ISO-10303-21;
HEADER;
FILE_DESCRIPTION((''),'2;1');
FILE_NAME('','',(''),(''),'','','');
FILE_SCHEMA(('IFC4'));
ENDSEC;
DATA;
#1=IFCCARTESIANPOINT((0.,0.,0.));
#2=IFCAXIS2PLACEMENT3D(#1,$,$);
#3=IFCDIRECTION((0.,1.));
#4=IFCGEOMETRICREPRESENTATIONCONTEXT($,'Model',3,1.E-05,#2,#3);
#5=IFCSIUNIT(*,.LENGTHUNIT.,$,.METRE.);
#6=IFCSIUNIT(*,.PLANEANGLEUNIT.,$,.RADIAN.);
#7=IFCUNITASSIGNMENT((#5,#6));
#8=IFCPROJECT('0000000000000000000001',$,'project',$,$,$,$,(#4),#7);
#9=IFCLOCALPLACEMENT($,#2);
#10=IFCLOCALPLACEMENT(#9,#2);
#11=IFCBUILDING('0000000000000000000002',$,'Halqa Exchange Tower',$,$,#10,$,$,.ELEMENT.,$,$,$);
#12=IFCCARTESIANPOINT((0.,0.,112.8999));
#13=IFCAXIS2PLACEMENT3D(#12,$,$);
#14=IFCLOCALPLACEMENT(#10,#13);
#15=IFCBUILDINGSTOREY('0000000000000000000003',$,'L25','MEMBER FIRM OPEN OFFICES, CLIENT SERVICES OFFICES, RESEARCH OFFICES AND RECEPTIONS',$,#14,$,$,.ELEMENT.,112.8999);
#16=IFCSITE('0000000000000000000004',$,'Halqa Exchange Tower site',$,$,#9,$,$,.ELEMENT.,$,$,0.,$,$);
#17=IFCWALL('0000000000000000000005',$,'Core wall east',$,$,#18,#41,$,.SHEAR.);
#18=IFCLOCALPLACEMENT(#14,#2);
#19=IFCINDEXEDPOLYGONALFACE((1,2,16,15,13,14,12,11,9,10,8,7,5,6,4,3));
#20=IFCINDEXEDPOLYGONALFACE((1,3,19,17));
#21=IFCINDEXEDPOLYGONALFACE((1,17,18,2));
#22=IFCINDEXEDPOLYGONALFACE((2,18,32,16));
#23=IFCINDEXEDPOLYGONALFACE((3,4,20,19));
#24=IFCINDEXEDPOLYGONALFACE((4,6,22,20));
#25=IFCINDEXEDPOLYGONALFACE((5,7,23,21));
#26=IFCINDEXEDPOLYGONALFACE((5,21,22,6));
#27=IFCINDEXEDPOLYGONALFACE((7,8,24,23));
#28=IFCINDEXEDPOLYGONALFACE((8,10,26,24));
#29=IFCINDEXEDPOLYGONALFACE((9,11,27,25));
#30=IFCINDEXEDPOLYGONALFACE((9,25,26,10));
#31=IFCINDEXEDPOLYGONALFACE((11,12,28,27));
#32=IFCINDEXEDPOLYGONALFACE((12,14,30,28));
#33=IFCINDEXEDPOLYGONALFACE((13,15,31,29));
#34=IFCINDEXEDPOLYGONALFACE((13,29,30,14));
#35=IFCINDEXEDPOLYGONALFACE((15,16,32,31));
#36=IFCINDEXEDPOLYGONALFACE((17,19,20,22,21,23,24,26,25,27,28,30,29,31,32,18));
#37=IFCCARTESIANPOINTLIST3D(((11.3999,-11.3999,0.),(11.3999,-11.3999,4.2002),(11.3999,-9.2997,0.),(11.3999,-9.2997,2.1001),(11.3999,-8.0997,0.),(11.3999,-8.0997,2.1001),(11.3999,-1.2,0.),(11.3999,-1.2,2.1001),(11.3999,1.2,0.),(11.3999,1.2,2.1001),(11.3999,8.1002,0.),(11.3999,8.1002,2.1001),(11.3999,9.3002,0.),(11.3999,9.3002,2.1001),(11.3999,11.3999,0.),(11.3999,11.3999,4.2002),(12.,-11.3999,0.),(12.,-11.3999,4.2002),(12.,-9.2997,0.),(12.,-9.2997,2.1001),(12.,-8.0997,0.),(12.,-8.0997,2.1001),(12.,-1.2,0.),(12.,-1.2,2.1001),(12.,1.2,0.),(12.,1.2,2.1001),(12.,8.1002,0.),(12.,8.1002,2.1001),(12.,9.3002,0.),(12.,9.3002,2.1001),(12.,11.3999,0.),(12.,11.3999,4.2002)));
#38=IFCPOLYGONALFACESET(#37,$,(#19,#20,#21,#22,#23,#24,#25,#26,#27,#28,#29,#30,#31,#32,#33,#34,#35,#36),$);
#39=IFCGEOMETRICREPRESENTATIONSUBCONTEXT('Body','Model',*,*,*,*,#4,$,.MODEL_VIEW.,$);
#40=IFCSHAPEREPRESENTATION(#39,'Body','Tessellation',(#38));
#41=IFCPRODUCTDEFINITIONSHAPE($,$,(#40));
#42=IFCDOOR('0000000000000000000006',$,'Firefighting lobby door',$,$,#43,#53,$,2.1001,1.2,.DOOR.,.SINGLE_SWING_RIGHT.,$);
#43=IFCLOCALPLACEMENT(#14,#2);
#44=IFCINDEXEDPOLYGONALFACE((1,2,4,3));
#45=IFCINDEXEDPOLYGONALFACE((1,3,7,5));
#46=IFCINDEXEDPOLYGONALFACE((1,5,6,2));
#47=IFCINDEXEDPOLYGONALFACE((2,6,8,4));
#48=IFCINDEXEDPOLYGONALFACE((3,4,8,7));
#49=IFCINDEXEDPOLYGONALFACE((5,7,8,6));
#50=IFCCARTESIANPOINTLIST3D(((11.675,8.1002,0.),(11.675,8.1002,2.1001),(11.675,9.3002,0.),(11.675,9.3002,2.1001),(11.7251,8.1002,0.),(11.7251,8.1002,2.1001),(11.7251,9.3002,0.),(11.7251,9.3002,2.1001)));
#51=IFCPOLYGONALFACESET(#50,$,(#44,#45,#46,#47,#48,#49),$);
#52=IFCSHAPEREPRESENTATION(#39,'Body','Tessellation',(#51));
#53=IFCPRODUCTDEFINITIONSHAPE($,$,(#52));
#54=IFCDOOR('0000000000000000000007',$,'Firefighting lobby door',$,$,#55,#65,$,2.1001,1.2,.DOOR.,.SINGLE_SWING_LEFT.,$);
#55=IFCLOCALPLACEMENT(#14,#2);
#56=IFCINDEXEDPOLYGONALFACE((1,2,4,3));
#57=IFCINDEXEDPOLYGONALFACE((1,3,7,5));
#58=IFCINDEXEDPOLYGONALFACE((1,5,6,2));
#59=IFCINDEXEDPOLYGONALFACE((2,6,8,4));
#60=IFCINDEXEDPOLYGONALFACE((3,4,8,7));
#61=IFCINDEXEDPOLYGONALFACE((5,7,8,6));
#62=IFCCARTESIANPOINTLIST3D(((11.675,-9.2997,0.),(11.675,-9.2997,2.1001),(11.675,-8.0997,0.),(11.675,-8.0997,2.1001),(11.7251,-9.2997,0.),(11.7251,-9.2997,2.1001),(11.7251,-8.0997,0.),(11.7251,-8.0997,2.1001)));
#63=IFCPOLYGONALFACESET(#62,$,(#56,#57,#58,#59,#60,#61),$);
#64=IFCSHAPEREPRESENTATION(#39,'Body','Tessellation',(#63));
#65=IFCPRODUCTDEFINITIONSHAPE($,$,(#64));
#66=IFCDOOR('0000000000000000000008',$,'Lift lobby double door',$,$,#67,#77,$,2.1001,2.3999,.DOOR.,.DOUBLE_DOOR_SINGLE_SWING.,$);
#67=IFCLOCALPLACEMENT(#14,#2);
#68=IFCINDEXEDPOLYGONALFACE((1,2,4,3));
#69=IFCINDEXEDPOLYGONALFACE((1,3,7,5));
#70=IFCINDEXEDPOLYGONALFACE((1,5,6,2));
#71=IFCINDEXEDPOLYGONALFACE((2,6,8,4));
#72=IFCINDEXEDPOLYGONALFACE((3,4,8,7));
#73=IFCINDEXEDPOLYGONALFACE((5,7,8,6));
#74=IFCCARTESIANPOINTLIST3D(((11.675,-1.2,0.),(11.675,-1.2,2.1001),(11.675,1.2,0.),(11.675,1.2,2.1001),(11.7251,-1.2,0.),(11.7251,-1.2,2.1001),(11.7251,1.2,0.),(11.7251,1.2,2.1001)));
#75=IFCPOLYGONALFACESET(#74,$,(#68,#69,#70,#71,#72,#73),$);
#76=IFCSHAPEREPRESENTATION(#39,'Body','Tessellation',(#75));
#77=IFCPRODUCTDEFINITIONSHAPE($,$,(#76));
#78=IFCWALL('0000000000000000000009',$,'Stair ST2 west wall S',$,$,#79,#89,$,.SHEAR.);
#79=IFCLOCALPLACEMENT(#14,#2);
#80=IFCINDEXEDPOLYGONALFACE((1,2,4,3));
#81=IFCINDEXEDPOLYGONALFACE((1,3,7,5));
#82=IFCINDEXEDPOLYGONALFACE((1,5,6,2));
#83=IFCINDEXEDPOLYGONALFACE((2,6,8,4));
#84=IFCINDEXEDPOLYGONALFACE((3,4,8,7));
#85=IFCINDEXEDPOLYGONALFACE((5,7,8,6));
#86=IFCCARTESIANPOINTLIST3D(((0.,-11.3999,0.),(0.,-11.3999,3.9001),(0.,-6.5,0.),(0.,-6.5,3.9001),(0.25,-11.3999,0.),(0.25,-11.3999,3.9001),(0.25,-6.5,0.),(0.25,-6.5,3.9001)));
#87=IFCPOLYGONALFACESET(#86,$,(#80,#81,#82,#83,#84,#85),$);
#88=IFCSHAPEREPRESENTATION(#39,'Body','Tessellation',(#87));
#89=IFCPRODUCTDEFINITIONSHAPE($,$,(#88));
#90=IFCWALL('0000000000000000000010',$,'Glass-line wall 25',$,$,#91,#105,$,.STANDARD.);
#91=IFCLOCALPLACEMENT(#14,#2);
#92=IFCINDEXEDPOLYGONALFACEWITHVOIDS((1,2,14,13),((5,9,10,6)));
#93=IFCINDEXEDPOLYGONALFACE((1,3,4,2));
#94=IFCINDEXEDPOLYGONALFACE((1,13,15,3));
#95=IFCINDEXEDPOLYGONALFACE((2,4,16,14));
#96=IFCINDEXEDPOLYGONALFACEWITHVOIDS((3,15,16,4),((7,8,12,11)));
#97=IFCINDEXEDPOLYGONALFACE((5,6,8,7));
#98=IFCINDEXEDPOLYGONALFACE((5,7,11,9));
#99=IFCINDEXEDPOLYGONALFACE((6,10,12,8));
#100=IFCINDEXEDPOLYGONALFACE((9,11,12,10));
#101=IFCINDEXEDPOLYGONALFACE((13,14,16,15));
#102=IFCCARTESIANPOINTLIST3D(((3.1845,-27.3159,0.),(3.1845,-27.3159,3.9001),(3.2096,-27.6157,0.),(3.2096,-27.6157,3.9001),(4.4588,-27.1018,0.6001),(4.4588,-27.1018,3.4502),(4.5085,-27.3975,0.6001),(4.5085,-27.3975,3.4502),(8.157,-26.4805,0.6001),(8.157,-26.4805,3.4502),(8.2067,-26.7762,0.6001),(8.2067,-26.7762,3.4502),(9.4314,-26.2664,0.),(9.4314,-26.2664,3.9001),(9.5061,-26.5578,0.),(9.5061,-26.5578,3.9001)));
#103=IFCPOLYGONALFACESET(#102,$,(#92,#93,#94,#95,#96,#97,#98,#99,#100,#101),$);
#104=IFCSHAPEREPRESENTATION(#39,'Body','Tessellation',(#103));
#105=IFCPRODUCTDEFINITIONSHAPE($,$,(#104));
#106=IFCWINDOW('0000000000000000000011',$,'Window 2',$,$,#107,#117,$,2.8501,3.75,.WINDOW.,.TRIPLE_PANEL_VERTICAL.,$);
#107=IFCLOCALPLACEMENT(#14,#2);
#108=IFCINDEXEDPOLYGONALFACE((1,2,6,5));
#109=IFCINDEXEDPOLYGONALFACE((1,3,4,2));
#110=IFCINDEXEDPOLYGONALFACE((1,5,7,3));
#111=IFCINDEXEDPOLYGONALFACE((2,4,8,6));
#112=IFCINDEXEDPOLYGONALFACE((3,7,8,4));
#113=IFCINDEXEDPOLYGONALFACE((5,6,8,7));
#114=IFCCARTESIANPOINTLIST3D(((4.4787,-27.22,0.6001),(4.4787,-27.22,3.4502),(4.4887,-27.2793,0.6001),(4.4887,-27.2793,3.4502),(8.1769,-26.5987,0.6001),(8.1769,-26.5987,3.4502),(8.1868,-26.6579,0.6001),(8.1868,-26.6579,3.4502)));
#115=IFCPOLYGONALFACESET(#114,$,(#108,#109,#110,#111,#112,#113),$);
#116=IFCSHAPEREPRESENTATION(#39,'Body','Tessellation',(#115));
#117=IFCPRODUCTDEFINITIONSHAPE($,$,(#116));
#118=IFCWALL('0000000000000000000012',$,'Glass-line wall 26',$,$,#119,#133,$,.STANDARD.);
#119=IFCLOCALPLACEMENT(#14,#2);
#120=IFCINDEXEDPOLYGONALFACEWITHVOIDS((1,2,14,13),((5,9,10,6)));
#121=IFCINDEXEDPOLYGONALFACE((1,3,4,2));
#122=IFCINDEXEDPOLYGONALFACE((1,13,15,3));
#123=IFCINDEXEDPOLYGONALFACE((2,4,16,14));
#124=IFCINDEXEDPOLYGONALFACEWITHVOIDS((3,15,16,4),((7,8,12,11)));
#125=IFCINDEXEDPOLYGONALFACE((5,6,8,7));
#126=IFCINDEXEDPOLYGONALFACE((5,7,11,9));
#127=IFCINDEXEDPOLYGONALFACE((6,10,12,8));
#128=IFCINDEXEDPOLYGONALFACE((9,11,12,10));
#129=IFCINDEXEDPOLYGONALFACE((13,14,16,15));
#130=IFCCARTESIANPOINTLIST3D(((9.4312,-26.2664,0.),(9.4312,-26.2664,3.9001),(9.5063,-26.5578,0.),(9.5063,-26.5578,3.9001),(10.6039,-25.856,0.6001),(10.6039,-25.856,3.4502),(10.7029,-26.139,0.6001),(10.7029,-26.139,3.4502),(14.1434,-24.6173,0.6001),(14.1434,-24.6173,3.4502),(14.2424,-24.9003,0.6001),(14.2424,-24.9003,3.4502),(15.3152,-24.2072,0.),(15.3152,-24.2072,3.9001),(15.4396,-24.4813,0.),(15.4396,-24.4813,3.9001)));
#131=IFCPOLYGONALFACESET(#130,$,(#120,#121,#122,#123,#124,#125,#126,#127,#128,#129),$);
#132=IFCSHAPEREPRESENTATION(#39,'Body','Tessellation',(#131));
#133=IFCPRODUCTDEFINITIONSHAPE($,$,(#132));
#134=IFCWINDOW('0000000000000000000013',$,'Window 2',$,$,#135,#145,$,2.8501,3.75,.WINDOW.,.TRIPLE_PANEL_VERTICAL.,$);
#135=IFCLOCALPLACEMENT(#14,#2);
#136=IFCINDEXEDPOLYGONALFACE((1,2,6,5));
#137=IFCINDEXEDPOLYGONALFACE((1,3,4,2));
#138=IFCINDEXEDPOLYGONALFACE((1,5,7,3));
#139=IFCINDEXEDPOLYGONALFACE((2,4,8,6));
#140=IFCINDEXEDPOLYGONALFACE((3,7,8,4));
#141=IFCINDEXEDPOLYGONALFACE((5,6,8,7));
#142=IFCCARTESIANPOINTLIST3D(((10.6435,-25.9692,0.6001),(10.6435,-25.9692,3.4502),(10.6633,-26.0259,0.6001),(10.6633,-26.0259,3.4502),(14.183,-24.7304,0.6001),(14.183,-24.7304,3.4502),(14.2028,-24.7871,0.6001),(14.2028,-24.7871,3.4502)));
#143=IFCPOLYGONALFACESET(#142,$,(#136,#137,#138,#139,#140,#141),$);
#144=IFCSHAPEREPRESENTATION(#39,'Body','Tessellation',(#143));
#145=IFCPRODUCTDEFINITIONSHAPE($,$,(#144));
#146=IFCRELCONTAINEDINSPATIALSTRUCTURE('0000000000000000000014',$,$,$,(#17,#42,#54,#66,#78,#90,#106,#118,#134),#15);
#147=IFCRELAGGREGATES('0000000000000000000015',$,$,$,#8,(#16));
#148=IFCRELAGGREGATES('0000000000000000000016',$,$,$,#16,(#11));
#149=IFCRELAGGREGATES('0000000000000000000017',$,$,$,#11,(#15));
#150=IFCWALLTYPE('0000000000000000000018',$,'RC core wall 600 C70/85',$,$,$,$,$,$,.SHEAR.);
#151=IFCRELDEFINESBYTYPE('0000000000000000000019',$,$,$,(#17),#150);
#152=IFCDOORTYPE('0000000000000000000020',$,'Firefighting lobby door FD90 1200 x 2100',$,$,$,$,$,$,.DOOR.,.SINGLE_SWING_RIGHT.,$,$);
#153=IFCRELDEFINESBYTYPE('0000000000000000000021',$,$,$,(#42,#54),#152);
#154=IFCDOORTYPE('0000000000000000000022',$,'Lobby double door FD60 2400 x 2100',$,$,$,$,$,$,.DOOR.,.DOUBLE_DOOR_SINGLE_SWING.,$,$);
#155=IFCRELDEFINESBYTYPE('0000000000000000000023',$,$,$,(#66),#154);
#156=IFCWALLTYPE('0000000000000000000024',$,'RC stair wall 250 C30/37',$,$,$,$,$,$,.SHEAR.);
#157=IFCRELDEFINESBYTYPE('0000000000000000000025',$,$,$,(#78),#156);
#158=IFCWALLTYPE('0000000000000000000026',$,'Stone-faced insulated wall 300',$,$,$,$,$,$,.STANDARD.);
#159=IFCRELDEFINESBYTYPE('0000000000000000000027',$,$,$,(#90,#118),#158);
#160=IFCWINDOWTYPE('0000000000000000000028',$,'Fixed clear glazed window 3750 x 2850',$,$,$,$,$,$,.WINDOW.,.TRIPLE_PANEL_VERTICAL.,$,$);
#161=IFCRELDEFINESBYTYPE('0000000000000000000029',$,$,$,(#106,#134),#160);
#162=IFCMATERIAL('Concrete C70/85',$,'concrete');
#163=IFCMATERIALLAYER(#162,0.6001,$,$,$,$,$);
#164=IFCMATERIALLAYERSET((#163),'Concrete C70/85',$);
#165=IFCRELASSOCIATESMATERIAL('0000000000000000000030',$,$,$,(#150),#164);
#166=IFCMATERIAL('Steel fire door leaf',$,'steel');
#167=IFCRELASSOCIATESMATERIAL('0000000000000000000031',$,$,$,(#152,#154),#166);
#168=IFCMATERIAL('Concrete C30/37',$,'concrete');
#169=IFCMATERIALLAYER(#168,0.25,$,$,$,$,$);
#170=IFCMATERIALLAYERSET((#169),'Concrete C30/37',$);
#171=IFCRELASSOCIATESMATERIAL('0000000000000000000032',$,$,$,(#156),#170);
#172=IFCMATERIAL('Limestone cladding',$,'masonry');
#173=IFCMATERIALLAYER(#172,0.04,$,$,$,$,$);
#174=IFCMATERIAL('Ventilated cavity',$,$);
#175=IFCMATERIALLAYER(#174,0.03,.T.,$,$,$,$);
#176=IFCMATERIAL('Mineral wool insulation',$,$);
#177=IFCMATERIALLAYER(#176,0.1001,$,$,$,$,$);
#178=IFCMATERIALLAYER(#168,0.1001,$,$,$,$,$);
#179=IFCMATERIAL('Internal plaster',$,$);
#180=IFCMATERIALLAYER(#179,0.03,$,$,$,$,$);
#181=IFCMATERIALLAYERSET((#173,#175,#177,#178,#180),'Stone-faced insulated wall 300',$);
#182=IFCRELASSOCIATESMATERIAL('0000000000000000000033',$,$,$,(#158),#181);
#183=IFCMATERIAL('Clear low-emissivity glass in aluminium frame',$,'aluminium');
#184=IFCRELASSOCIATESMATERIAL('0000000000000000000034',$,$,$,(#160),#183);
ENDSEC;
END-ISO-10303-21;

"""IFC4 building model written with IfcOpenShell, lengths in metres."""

from ifc_helpers import new_model, si_unit, direction, frame, frame_2d, origin, place, context, subcontext, project, spatial, polyline, rectangle, outline, extrude, material, layer, layer_set, type_object, element, fill, save


model = new_model("IFC4")

# Units and contexts
model_context = context("Model", 3, precision=1e-05, world=origin(), true_north=direction((0.0, 1.0)))
body_context = subcontext(model_context, "Body", "Model", "MODEL_VIEW")
ifc_project = project(units=[si_unit("LENGTHUNIT", "METRE"), si_unit("PLANEANGLEUNIT", "RADIAN")], contexts=[model_context])

# Site, building, storey
site_placement = place(None, origin())
site = spatial("IfcSite", under=ifc_project, at=site_placement, Name="Halqa Exchange Tower site", CompositionType="ELEMENT", RefElevation=0.0)
building_placement = place(site_placement, origin())
building = spatial("IfcBuilding", under=site, at=building_placement, Name="Halqa Exchange Tower", CompositionType="ELEMENT")
storey_placement = place(building_placement, frame((0.0, 0.0, 112.8999)))
storey = spatial("IfcBuildingStorey", under=building, at=storey_placement, Name="L25", Description="MEMBER FIRM OPEN OFFICES, CLIENT SERVICES OFFICES, RESEARCH OFFICES AND RECEPTIONS", CompositionType="ELEMENT", Elevation=112.8999)

# Shared definitions
ifc_material_1 = material(Name="Concrete C70/85", Category="concrete")

# Wall, openings, doors
ifc_layer_1 = layer(ifc_material_1, 0.6001)
ifc_layer_set_1 = layer_set([ifc_layer_1], Name="Concrete C70/85")
wall_type_1 = type_object("IfcWallType", Name="RC core wall 600 C70/85", PredefinedType="SHEAR", material=ifc_layer_set_1)
wall_1_placement = place(storey_placement, frame((11.7, -11.3999, 0.0), z_axis=(0.0, 0.0, 1.0), x_axis=(0.0, 1.0, 0.0)))
wall_1 = element("IfcWall", 1, at=wall_1_placement, inside=storey, type_object=wall_type_1, Name="Core wall east", PredefinedType="SHEAR", context=body_context, shape_type="SweptSolid", body=[
    extrude(rectangle(XDim=22.7998, YDim=0.6001, at=frame_2d((11.3999, 0.0))), origin(), (0.0, 0.0, 1.0), 4.2002),
])
opening_1_placement = place(wall_1_placement, frame((10.2, 0.0, 0.0)))
opening_1 = element("IfcOpeningElement", 2, at=opening_1_placement, cuts=wall_1, PredefinedType="OPENING", context=body_context, shape_type="SweptSolid", body=[
    extrude(rectangle(XDim=2.3999, YDim=2.1001, at=frame_2d((1.2, 1.05))), frame((0.0, 0.312, 0.0), z_axis=(0.0, -1.0, 0.0), x_axis=(1.0, 0.0, 0.0)), (0.0, 0.0, 1.0), 0.624),
])
opening_2_placement = place(wall_1_placement, frame((19.5, 0.0, 0.0)))
opening_2 = element("IfcOpeningElement", 3, at=opening_2_placement, cuts=wall_1, PredefinedType="OPENING", context=body_context, shape_type="SweptSolid", body=[
    extrude(rectangle(XDim=1.2, YDim=2.1001, at=frame_2d((0.6001, 1.05))), frame((0.0, 0.312, 0.0), z_axis=(0.0, -1.0, 0.0), x_axis=(1.0, 0.0, 0.0)), (0.0, 0.0, 1.0), 0.624),
])
opening_3_placement = place(wall_1_placement, frame((2.1001, 0.0, 0.0)))
opening_3 = element("IfcOpeningElement", 4, at=opening_3_placement, cuts=wall_1, PredefinedType="OPENING", context=body_context, shape_type="SweptSolid", body=[
    extrude(rectangle(XDim=1.2, YDim=2.1001, at=frame_2d((0.6001, 1.05))), frame((0.0, 0.312, 0.0), z_axis=(0.0, -1.0, 0.0), x_axis=(1.0, 0.0, 0.0)), (0.0, 0.0, 1.0), 0.624),
])
ifc_material_2 = material(Name="Steel fire door leaf", Category="steel")
door_type_1 = type_object("IfcDoorType", Name="Firefighting lobby door FD90 1200 x 2100", OperationType="SINGLE_SWING_RIGHT", PredefinedType="DOOR", material=ifc_material_2)
door_1_placement = place(opening_2_placement, origin())
door_1 = element("IfcDoor", 5, at=door_1_placement, inside=storey, type_object=door_type_1, Name="Firefighting lobby door", OperationType="SINGLE_SWING_RIGHT", OverallHeight=2.1001, OverallWidth=1.2, PredefinedType="DOOR", context=body_context, shape_type="SweptSolid", body=[
    extrude(rectangle(XDim=1.2, YDim=2.1001, at=frame_2d((0.6001, 1.05))), frame((0.0, 0.0249, 0.0), z_axis=(0.0, -1.0, 0.0), x_axis=(1.0, 0.0, 0.0)), (0.0, 0.0, 1.0), 0.05),
])
fill(opening_2, door_1)
door_2_placement = place(opening_3_placement, origin())
door_2 = element("IfcDoor", 6, at=door_2_placement, inside=storey, type_object=door_type_1, Name="Firefighting lobby door", OperationType="SINGLE_SWING_LEFT", OverallHeight=2.1001, OverallWidth=1.2, PredefinedType="DOOR", context=body_context, shape_type="SweptSolid", body=[
    extrude(rectangle(XDim=1.2, YDim=2.1001, at=frame_2d((0.6001, 1.05))), frame((0.0, 0.0249, 0.0), z_axis=(0.0, -1.0, 0.0), x_axis=(1.0, 0.0, 0.0)), (0.0, 0.0, 1.0), 0.05),
])
fill(opening_3, door_2)
door_type_2 = type_object("IfcDoorType", Name="Lobby double door FD60 2400 x 2100", OperationType="DOUBLE_DOOR_SINGLE_SWING", PredefinedType="DOOR", material=ifc_material_2)
door_3_placement = place(opening_1_placement, origin())
door_3 = element("IfcDoor", 7, at=door_3_placement, inside=storey, type_object=door_type_2, Name="Lift lobby double door", OperationType="DOUBLE_DOOR_SINGLE_SWING", OverallHeight=2.1001, OverallWidth=2.3999, PredefinedType="DOOR", context=body_context, shape_type="SweptSolid", body=[
    extrude(rectangle(XDim=2.3999, YDim=2.1001, at=frame_2d((1.2, 1.05))), frame((0.0, 0.0249, 0.0), z_axis=(0.0, -1.0, 0.0), x_axis=(1.0, 0.0, 0.0)), (0.0, 0.0, 1.0), 0.05),
])
fill(opening_1, door_3)

# Wall
ifc_material_3 = material(Name="Concrete C30/37", Category="concrete")
ifc_layer_2 = layer(ifc_material_3, 0.25)
ifc_layer_set_2 = layer_set([ifc_layer_2], Name="Concrete C30/37")
wall_type_2 = type_object("IfcWallType", Name="RC stair wall 250 C30/37", PredefinedType="SHEAR", material=ifc_layer_set_2)
wall_2_placement = place(storey_placement, frame((0.125, -11.3999, 0.0), z_axis=(0.0, 0.0, 1.0), x_axis=(0.0, 1.0, 0.0)))
element("IfcWall", 8, at=wall_2_placement, inside=storey, type_object=wall_type_2, Name="Stair ST2 west wall S", PredefinedType="SHEAR", context=body_context, shape_type="SweptSolid", body=[
    extrude(rectangle(XDim=4.8999, YDim=0.25, at=frame_2d((2.45, 0.0))), origin(), (0.0, 0.0, 1.0), 3.9001),
])

# Walls, openings, windows
ifc_material_4 = material(Name="Limestone cladding", Category="masonry")
ifc_layer_3 = layer(ifc_material_4, 0.04)
ifc_material_5 = material(Name="Ventilated cavity")
ifc_layer_4 = layer(ifc_material_5, 0.03, ventilated=True)
ifc_material_6 = material(Name="Mineral wool insulation")
ifc_layer_5 = layer(ifc_material_6, 0.1001)
ifc_layer_6 = layer(ifc_material_3, 0.1001)
ifc_material_7 = material(Name="Internal plaster")
ifc_layer_7 = layer(ifc_material_7, 0.03)
ifc_layer_set_3 = layer_set([ifc_layer_3, ifc_layer_4, ifc_layer_5, ifc_layer_6, ifc_layer_7], Name="Stone-faced insulated wall 300")
wall_type_3 = type_object("IfcWallType", Name="Stone-faced insulated wall 300", PredefinedType="STANDARD", material=ifc_layer_set_3)
wall_3_placement = place(storey_placement, frame((3.197, -27.4658, 0.0), z_axis=(0.0, 0.0, 1.0), x_axis=(0.986178, 0.165687, 0.0)))
wall_3 = element("IfcWall", 9, at=wall_3_placement, inside=storey, type_object=wall_type_3, Name="Glass-line wall 25", PredefinedType="STANDARD", context=body_context, shape_type="SweptSolid", body=[
    extrude(outline(polyline([(-0.0125, -0.1499), (6.3723, -0.1499), (6.3469, 0.1499), (0.0125, 0.1499), (-0.0125, -0.1499)])), origin(), (0.0, 0.0, 1.0), 3.9001),
])
opening_4_placement = place(wall_3_placement, frame((1.3047, 0.0, 0.6001)))
opening_4 = element("IfcOpeningElement", 10, at=opening_4_placement, cuts=wall_3, PredefinedType="OPENING", context=body_context, shape_type="SweptSolid", body=[
    extrude(rectangle(XDim=3.75, YDim=2.8501, at=frame_2d((1.875, 1.425))), frame((0.0, 0.1621, 0.0), z_axis=(0.0, -1.0, 0.0), x_axis=(1.0, 0.0, 0.0)), (0.0, 0.0, 1.0), 0.324),
])
ifc_material_8 = material(Name="Clear low-emissivity glass in aluminium frame", Category="aluminium")
window_type = type_object("IfcWindowType", Name="Fixed clear glazed window 3750 x 2850", PartitioningType="TRIPLE_PANEL_VERTICAL", PredefinedType="WINDOW", material=ifc_material_8)
window_1_placement = place(opening_4_placement, origin())
window_1 = element("IfcWindow", 11, at=window_1_placement, inside=storey, type_object=window_type, Name="Window 2", OverallHeight=2.8501, OverallWidth=3.75, PartitioningType="TRIPLE_PANEL_VERTICAL", PredefinedType="WINDOW", context=body_context, shape_type="SweptSolid", body=[
    extrude(rectangle(XDim=3.75, YDim=2.8501, at=frame_2d((1.875, 1.425))), frame((0.0, 0.03, 0.0), z_axis=(0.0, -1.0, 0.0), x_axis=(1.0, 0.0, 0.0)), (0.0, 0.0, 1.0), 0.0601),
])
fill(opening_4, window_1)
wall_4_placement = place(storey_placement, frame((9.4688, -26.4121, 0.0), z_axis=(0.0, 0.0, 1.0), x_axis=(0.943867, 0.330326, 0.0)))
wall_4 = element("IfcWall", 12, at=wall_4_placement, inside=storey, type_object=wall_type_3, Name="Glass-line wall 26", PredefinedType="STANDARD", context=body_context, shape_type="SweptSolid", body=[
    extrude(outline(polyline([(-0.0127, -0.1499), (6.2734, -0.1499), (6.2466, 0.1499), (0.0127, 0.1499), (-0.0127, -0.1499)])), origin(), (0.0, 0.0, 1.0), 3.9001),
])
opening_5_placement = place(wall_4_placement, frame((1.2551, 0.0, 0.6001)))
opening_5 = element("IfcOpeningElement", 13, at=opening_5_placement, cuts=wall_4, PredefinedType="OPENING", context=body_context, shape_type="SweptSolid", body=[
    extrude(rectangle(XDim=3.75, YDim=2.8501, at=frame_2d((1.875, 1.425))), frame((0.0, 0.1621, 0.0), z_axis=(0.0, -1.0, 0.0), x_axis=(1.0, 0.0, 0.0)), (0.0, 0.0, 1.0), 0.324),
])
window_2_placement = place(opening_5_placement, origin())
window_2 = element("IfcWindow", 14, at=window_2_placement, inside=storey, type_object=window_type, Name="Window 2", OverallHeight=2.8501, OverallWidth=3.75, PartitioningType="TRIPLE_PANEL_VERTICAL", PredefinedType="WINDOW", context=body_context, shape_type="SweptSolid", body=[
    extrude(rectangle(XDim=3.75, YDim=2.8501, at=frame_2d((1.875, 1.425))), frame((0.0, 0.03, 0.0), z_axis=(0.0, -1.0, 0.0), x_axis=(1.0, 0.0, 0.0)), (0.0, 0.0, 1.0), 0.0601),
])
fill(opening_5, window_2)

save(model, "model.ifc")
